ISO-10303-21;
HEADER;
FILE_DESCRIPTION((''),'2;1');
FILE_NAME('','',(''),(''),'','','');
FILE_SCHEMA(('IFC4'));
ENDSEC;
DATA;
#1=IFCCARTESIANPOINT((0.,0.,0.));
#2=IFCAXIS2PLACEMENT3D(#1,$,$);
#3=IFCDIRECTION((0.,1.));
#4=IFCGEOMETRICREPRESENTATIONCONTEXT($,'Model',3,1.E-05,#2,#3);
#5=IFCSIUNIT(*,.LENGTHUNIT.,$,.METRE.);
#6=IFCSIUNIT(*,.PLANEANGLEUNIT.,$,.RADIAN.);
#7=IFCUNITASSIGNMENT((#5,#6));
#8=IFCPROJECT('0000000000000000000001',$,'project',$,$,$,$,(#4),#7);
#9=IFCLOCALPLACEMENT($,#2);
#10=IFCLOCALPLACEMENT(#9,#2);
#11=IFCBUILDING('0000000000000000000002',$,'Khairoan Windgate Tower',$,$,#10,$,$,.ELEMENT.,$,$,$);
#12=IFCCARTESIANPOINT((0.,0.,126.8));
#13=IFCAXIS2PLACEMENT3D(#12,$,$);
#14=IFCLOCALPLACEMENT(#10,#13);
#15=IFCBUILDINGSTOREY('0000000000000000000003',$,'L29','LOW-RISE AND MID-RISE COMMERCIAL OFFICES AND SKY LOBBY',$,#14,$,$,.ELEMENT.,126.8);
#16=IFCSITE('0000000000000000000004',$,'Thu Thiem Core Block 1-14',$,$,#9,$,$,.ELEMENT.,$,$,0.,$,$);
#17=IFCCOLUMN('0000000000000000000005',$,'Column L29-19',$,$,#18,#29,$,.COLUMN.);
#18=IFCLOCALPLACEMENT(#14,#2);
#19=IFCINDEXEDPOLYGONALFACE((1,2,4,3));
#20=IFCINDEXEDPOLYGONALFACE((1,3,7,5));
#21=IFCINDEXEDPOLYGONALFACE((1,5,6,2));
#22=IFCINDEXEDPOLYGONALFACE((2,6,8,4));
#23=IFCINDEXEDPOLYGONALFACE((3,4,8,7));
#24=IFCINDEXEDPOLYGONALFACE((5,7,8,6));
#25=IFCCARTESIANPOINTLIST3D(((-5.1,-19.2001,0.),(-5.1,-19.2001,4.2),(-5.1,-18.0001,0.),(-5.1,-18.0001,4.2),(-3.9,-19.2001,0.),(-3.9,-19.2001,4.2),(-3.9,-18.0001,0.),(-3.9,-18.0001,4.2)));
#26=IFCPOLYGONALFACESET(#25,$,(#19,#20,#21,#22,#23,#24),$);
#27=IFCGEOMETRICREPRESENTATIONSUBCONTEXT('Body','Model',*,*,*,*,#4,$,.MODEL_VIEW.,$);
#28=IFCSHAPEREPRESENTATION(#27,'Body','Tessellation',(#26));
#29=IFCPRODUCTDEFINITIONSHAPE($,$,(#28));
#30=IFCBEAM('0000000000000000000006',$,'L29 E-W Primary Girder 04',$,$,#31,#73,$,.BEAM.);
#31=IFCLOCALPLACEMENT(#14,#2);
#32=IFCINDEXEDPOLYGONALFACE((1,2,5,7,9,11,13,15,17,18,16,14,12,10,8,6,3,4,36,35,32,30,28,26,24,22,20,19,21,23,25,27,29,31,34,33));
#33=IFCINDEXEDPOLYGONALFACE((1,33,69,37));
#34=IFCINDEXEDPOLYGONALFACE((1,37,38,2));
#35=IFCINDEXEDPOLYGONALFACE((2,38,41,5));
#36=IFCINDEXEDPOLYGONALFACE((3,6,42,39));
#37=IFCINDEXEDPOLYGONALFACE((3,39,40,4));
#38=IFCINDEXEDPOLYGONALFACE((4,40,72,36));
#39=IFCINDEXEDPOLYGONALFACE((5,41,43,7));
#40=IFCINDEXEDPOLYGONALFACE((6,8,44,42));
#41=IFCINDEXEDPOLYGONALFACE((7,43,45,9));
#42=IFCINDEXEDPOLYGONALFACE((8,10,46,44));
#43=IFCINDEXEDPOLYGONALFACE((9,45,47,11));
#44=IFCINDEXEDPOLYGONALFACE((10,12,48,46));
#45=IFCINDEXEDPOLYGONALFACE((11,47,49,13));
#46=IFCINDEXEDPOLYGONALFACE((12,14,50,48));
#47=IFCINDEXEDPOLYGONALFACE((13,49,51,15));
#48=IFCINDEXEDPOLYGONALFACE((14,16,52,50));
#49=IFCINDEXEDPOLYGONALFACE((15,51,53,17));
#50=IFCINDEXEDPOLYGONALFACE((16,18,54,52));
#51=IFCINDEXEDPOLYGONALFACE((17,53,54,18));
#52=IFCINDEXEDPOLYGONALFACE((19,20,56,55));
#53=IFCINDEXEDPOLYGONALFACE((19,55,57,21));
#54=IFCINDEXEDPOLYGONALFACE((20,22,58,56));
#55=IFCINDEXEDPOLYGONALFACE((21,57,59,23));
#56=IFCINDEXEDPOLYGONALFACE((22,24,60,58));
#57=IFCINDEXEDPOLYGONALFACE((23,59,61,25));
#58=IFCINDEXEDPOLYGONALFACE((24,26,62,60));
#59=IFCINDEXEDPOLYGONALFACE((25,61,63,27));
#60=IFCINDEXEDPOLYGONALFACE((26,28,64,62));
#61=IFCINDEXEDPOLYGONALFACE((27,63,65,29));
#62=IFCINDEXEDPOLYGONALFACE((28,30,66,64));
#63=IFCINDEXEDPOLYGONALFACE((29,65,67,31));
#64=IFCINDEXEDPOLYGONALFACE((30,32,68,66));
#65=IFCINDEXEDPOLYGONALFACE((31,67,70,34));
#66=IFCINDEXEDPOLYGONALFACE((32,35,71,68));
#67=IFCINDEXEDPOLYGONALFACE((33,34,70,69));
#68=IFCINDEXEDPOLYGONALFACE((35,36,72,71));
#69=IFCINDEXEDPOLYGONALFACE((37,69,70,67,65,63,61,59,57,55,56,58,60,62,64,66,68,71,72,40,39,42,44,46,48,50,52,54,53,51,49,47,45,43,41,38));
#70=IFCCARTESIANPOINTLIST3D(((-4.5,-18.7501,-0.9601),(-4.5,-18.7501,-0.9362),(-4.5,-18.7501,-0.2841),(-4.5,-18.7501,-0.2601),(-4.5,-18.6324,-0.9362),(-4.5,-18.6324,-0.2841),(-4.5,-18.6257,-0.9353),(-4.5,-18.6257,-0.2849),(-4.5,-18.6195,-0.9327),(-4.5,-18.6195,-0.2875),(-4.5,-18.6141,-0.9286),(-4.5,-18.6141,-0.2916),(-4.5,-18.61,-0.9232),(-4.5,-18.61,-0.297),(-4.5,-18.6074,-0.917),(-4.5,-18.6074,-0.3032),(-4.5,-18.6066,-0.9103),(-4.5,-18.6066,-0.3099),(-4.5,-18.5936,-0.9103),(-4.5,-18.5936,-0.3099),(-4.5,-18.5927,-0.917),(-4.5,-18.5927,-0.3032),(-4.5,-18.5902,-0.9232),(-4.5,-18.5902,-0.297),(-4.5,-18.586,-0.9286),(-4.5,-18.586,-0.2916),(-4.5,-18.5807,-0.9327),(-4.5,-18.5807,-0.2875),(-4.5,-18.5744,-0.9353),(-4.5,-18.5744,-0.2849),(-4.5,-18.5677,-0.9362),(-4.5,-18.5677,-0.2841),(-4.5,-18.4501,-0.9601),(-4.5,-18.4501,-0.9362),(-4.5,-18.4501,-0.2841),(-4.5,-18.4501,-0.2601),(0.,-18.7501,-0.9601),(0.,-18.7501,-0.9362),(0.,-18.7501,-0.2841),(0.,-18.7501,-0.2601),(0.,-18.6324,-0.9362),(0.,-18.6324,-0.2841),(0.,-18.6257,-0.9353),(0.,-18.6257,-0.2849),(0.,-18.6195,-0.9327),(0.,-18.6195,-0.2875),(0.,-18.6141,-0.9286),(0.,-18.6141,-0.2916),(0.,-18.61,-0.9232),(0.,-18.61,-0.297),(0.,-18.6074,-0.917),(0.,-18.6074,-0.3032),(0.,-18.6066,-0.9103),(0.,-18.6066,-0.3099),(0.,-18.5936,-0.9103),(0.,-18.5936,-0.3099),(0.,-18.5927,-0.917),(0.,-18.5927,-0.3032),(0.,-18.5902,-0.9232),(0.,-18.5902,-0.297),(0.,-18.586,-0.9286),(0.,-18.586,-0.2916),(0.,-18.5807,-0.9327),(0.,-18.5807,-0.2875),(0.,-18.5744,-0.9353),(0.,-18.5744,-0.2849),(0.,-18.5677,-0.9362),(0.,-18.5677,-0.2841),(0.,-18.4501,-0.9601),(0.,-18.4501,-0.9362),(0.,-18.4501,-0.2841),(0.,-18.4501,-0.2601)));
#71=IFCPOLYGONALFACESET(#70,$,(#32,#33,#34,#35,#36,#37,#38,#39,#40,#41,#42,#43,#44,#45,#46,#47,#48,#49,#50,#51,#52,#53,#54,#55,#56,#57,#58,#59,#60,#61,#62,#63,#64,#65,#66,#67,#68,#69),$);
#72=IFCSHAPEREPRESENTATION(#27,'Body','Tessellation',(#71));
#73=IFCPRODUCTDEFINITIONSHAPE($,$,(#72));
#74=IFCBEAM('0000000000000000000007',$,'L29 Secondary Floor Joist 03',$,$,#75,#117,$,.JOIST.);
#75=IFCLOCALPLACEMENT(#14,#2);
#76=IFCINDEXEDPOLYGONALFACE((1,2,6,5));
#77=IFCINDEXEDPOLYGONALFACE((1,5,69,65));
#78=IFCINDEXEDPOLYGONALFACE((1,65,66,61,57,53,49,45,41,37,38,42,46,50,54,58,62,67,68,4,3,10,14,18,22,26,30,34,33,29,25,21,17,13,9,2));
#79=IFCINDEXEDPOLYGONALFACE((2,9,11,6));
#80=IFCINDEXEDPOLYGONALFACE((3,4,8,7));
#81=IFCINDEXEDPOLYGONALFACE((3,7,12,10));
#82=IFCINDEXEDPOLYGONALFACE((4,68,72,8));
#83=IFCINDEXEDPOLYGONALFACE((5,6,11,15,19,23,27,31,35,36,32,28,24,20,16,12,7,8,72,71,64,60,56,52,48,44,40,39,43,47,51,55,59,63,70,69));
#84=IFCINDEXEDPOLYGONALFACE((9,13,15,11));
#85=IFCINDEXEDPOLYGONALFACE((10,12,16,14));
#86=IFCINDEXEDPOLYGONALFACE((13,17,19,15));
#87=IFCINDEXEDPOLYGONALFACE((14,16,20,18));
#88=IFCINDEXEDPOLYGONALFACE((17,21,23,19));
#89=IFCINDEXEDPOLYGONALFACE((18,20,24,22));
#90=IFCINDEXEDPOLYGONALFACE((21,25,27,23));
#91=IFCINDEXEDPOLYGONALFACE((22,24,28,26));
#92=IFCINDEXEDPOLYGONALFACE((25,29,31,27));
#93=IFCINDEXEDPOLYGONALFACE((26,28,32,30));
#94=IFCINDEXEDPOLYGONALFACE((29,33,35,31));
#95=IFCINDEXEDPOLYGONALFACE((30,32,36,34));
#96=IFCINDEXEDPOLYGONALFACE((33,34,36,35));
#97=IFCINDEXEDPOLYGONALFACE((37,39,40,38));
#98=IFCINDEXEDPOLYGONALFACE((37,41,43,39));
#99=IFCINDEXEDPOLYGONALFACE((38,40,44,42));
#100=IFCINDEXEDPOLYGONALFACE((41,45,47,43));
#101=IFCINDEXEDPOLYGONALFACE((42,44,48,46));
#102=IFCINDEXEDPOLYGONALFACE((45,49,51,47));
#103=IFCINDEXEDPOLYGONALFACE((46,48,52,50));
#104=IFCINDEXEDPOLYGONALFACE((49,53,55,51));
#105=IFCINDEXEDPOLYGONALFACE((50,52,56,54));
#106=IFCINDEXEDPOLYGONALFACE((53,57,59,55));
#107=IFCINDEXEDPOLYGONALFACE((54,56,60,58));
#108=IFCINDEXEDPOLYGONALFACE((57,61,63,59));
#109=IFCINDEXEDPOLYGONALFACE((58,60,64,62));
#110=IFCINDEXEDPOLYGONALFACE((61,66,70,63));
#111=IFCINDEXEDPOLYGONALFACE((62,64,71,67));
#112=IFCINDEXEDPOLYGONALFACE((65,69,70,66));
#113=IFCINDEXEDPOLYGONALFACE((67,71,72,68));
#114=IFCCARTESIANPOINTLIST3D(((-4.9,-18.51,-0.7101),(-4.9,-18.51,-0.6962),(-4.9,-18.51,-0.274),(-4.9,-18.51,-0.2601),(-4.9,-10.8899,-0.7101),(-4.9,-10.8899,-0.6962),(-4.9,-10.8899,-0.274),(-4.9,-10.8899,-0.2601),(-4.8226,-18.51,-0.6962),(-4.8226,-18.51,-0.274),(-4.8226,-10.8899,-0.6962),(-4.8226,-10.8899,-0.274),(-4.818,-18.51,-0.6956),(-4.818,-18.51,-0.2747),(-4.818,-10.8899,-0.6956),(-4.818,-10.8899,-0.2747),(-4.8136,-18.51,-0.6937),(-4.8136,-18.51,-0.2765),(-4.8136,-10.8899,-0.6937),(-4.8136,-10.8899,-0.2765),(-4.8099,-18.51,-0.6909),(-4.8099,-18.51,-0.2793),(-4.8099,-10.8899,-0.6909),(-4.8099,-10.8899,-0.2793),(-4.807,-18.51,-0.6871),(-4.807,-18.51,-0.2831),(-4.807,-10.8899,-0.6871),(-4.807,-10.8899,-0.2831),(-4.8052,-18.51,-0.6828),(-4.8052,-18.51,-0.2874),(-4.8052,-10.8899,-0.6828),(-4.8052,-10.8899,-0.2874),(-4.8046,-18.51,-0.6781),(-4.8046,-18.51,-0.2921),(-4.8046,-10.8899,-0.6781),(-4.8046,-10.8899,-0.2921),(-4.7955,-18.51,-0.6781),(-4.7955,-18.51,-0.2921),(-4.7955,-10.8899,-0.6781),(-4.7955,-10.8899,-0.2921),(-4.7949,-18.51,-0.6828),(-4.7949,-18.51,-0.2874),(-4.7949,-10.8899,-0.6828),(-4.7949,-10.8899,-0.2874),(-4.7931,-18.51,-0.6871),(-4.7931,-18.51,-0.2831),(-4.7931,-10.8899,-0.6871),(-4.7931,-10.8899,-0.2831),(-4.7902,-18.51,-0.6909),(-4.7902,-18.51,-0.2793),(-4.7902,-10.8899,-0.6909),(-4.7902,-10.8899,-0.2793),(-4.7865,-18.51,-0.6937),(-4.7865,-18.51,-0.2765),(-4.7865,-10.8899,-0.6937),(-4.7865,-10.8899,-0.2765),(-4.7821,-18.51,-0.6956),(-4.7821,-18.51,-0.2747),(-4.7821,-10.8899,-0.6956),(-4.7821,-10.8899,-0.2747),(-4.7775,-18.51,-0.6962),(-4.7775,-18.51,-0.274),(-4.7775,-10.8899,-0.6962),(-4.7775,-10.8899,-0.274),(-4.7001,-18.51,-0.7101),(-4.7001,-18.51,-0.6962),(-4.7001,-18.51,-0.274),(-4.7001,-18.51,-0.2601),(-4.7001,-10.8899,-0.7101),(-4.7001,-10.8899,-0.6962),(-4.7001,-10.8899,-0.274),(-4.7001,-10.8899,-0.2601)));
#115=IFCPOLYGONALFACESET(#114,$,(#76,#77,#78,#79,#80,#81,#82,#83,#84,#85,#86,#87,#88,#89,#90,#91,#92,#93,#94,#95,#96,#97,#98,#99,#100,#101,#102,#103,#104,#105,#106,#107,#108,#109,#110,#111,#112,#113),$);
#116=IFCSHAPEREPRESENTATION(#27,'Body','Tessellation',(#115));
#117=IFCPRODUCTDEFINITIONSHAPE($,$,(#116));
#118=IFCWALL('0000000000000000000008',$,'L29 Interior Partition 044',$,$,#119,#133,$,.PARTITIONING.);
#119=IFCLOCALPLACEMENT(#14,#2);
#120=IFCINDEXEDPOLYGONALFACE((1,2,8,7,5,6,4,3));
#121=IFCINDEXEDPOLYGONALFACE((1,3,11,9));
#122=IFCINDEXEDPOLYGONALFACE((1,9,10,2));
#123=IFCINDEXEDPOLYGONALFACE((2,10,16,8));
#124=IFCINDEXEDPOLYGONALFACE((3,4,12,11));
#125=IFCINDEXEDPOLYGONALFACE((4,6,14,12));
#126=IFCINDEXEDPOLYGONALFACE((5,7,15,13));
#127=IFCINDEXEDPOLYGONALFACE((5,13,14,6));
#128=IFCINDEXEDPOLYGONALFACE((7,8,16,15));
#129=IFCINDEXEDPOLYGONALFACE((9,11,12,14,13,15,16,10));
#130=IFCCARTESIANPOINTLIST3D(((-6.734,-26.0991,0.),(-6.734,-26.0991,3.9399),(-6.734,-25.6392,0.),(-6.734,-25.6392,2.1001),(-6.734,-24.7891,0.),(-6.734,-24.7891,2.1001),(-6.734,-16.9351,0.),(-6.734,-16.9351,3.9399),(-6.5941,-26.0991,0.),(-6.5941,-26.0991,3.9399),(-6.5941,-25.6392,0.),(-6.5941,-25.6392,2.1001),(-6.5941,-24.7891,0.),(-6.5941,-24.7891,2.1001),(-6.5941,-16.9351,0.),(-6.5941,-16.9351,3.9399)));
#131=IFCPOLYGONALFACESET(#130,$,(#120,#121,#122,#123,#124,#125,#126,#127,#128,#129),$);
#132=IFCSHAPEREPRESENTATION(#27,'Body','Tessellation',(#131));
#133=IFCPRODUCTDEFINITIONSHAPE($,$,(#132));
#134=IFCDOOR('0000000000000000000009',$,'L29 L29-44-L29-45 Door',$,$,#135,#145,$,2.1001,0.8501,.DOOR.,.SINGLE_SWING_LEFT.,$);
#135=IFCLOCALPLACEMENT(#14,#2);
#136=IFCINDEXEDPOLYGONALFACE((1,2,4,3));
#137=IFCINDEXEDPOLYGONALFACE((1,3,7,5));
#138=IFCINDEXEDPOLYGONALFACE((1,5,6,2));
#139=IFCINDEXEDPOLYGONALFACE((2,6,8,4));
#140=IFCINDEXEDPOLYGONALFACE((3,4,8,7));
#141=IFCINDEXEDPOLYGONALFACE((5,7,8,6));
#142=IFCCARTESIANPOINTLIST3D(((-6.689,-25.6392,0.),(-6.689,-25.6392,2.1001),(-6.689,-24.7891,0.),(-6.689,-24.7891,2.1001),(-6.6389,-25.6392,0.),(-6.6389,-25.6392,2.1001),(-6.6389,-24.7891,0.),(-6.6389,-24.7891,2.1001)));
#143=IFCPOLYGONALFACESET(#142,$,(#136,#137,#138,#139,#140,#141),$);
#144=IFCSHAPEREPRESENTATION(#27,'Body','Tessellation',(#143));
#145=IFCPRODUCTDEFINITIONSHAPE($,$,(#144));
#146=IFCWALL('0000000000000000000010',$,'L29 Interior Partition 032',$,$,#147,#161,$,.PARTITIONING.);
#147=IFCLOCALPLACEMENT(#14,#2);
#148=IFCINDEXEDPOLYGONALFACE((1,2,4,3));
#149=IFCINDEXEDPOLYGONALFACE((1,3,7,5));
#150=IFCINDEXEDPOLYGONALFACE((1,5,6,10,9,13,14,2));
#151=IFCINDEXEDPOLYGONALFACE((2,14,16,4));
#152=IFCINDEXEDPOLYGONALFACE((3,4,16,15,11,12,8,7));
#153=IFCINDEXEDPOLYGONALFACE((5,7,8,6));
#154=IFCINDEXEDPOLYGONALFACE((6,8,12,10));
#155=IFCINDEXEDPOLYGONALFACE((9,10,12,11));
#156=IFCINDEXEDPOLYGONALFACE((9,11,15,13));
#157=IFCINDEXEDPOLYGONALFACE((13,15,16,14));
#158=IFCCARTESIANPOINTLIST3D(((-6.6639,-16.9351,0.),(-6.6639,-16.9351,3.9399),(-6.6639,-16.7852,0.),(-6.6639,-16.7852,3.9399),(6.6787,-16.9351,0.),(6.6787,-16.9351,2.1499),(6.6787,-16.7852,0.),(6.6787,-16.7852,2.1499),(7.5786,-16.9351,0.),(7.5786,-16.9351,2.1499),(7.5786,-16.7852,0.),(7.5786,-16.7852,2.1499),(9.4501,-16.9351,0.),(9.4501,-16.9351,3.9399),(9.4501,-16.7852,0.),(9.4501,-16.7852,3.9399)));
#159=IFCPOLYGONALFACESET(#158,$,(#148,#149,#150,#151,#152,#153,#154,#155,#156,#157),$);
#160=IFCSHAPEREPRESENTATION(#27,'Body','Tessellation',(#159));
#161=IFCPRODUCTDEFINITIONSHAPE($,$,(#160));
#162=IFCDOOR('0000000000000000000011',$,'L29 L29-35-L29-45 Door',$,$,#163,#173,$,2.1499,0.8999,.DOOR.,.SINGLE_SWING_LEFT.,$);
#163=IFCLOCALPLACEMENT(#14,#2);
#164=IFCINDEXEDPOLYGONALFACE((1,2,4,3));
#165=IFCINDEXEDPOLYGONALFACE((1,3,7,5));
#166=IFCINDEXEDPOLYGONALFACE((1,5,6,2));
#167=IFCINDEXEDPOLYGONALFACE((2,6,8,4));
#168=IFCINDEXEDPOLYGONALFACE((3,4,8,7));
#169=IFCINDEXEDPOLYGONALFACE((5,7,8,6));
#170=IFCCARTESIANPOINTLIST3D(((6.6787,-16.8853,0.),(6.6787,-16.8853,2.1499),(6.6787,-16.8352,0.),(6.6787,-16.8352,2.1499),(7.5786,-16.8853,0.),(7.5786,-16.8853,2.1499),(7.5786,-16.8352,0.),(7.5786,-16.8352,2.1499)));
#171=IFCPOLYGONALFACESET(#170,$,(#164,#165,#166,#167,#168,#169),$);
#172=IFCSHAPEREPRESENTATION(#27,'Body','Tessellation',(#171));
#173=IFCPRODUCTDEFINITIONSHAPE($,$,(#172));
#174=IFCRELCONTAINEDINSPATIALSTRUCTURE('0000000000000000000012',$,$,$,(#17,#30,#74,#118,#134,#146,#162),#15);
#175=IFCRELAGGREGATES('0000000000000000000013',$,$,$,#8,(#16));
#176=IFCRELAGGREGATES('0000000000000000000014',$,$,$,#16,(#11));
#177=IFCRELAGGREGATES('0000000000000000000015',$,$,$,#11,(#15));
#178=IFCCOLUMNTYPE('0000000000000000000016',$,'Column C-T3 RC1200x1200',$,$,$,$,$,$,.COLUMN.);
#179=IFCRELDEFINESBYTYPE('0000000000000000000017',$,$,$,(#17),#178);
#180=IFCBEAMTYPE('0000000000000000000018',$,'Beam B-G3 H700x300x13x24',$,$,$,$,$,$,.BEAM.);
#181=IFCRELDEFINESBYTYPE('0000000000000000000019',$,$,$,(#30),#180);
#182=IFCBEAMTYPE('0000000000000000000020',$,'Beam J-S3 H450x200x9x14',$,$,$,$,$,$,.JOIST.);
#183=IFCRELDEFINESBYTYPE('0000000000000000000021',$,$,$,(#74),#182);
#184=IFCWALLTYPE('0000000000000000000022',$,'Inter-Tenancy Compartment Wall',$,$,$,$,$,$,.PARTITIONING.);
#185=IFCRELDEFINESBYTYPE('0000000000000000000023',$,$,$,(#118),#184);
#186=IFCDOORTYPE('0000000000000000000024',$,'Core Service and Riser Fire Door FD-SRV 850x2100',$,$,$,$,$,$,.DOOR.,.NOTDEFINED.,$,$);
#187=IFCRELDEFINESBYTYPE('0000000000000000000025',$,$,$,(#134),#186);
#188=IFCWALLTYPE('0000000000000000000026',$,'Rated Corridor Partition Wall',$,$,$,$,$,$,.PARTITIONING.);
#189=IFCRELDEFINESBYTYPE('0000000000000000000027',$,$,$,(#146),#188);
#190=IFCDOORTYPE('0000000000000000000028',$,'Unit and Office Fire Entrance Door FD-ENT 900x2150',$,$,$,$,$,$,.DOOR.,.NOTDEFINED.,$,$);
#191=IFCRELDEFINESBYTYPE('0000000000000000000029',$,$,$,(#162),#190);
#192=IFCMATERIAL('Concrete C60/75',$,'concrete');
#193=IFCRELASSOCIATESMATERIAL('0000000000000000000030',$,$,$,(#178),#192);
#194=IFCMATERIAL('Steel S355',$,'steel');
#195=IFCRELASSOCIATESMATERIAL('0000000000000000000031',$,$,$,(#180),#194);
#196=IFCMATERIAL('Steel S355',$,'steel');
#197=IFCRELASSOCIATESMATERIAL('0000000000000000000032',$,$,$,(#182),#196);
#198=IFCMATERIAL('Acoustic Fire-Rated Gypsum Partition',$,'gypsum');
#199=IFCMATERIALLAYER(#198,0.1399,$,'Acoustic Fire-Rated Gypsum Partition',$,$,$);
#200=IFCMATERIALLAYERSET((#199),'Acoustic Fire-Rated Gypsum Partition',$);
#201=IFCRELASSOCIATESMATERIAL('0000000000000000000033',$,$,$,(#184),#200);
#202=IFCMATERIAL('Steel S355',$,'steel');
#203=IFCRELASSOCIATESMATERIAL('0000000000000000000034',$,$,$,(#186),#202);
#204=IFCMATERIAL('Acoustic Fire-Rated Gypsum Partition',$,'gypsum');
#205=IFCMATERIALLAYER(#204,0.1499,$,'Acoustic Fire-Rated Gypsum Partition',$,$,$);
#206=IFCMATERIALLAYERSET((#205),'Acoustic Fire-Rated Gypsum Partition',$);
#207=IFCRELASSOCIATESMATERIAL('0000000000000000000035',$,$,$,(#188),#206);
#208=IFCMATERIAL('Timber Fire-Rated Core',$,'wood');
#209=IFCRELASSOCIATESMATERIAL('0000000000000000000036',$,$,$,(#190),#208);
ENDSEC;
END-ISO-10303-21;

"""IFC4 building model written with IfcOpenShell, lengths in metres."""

from ifc_helpers import new_model, si_unit, direction, frame, frame_2d, origin, origin_2d, place, context, subcontext, project, spatial, rectangle, i_section, extrude, material, layer, layer_set, material_profile, profile_set, type_object, element, fill, save


model = new_model("IFC4")

# Units and contexts
model_context = context("Model", 3, precision=1e-05, world=origin(), true_north=direction((0.0, 1.0)))
body_context = subcontext(model_context, "Body", "Model", "MODEL_VIEW")
ifc_project = project(units=[si_unit("LENGTHUNIT", "METRE"), si_unit("PLANEANGLEUNIT", "RADIAN")], contexts=[model_context])

# Site, building, storey
site_placement = place(None, origin())
site = spatial("IfcSite", under=ifc_project, at=site_placement, Name="Thu Thiem Core Block 1-14", CompositionType="ELEMENT", RefElevation=0.0)
building_placement = place(site_placement, origin())
building = spatial("IfcBuilding", under=site, at=building_placement, Name="Khairoan Windgate Tower", CompositionType="ELEMENT")
storey_placement = place(building_placement, frame((0.0, 0.0, 126.8)))
storey = spatial("IfcBuildingStorey", under=building, at=storey_placement, Name="L29", Description="LOW-RISE AND MID-RISE COMMERCIAL OFFICES AND SKY LOBBY", CompositionType="ELEMENT", Elevation=126.8)

# Column
ifc_material_1 = material(Name="Concrete C60/75", Category="concrete")
ifc_material_profile_1 = material_profile(ifc_material_1, rectangle(XDim=1.2, YDim=1.2, at=origin_2d()))
ifc_profile_set_1 = profile_set([ifc_material_profile_1], Name="Concrete C60/75")
column_type = type_object("IfcColumnType", Name="Column C-T3 RC1200x1200", PredefinedType="COLUMN", material=ifc_profile_set_1)
column_placement = place(storey_placement, frame((-4.5, -18.6001, 0.0), z_axis=(0.0, 0.0, 1.0), x_axis=(1.0, 0.0, 0.0)))
element("IfcColumn", 1, at=column_placement, inside=storey, type_object=column_type, Name="Column L29-19", PredefinedType="COLUMN", context=body_context, shape_type="SweptSolid", body=[
    extrude(rectangle(XDim=1.2, YDim=1.2, at=origin_2d()), origin(), (0.0, 0.0, 1.0), 4.2),
])

# Beams
ifc_material_2 = material(Name="Steel S355", Category="steel")
ifc_material_profile_2 = material_profile(ifc_material_2, i_section(OverallWidth=0.3, OverallDepth=0.7, WebThickness=0.0129, FlangeThickness=0.0239, FilletRadius=0.0259, at=origin_2d()))
ifc_profile_set_2 = profile_set([ifc_material_profile_2], Name="Steel S355")
beam_type_1 = type_object("IfcBeamType", Name="Beam B-G3 H700x300x13x24", PredefinedType="BEAM", material=ifc_profile_set_2)
beam_1_placement = place(storey_placement, frame((-4.5, -18.6001, -0.6101), z_axis=(1.0, 0.0, 0.0), x_axis=(0.0, 1.0, 0.0)))
element("IfcBeam", 2, at=beam_1_placement, inside=storey, type_object=beam_type_1, Name="L29 E-W Primary Girder 04", PredefinedType="BEAM", context=body_context, shape_type="SweptSolid", body=[
    extrude(i_section(OverallWidth=0.3, OverallDepth=0.7, WebThickness=0.0129, FlangeThickness=0.0239, FilletRadius=0.0259, at=origin_2d()), origin(), (0.0, 0.0, 1.0), 4.5),
])
ifc_material_3 = material(Name="Steel S355", Category="steel")
ifc_material_profile_3 = material_profile(ifc_material_3, i_section(OverallWidth=0.2, OverallDepth=0.45, WebThickness=0.009, FlangeThickness=0.0139, FilletRadius=0.0181, at=origin_2d()))
ifc_profile_set_3 = profile_set([ifc_material_profile_3], Name="Steel S355")
beam_type_2 = type_object("IfcBeamType", Name="Beam J-S3 H450x200x9x14", PredefinedType="JOIST", material=ifc_profile_set_3)
beam_2_placement = place(storey_placement, frame((-4.8, -18.51, -0.4851), z_axis=(0.0, 1.0, 0.0), x_axis=(-1.0, 0.0, 0.0)))
element("IfcBeam", 3, at=beam_2_placement, inside=storey, type_object=beam_type_2, Name="L29 Secondary Floor Joist 03", PredefinedType="JOIST", context=body_context, shape_type="SweptSolid", body=[
    extrude(i_section(OverallWidth=0.2, OverallDepth=0.45, WebThickness=0.009, FlangeThickness=0.0139, FilletRadius=0.0181, at=origin_2d()), origin(), (0.0, 0.0, 1.0), 7.6201),
])

# Walls, openings, doors
ifc_material_4 = material(Name="Acoustic Fire-Rated Gypsum Partition", Category="gypsum")
ifc_layer_1 = layer(ifc_material_4, 0.1399, Name="Acoustic Fire-Rated Gypsum Partition")
ifc_layer_set_1 = layer_set([ifc_layer_1], Name="Acoustic Fire-Rated Gypsum Partition")
wall_type_1 = type_object("IfcWallType", Name="Inter-Tenancy Compartment Wall", PredefinedType="PARTITIONING", material=ifc_layer_set_1)
wall_1_placement = place(storey_placement, frame((-6.6641, -26.0991, 0.0), z_axis=(0.0, 0.0, 1.0), x_axis=(0.0, 1.0, 0.0)))
wall_1 = element("IfcWall", 4, at=wall_1_placement, inside=storey, type_object=wall_type_1, Name="L29 Interior Partition 044", PredefinedType="PARTITIONING", context=body_context, shape_type="SweptSolid", body=[
    extrude(rectangle(XDim=9.1641, YDim=0.1399, at=frame_2d((4.582, 0.0))), origin(), (0.0, 0.0, 1.0), 3.9399),
])
opening_1_placement = place(wall_1_placement, frame((0.46, 0.0, 0.0)))
opening_1 = element("IfcOpeningElement", 5, at=opening_1_placement, cuts=wall_1, PredefinedType="OPENING", context=body_context, shape_type="SweptSolid", body=[
    extrude(rectangle(XDim=0.8501, YDim=2.1001, at=frame_2d((0.425, 1.05))), frame((0.0, 0.0798, 0.0), z_axis=(0.0, -1.0, 0.0), x_axis=(1.0, 0.0, 0.0)), (0.0, 0.0, 1.0), 0.1599),
])
ifc_material_5 = material(Name="Steel S355", Category="steel")
door_type_1 = type_object("IfcDoorType", Name="Core Service and Riser Fire Door FD-SRV 850x2100", OperationType="NOTDEFINED", PredefinedType="DOOR", material=ifc_material_5)
door_1_placement = place(opening_1_placement, origin())
door_1 = element("IfcDoor", 6, at=door_1_placement, inside=storey, type_object=door_type_1, Name="L29 L29-44-L29-45 Door", OperationType="SINGLE_SWING_LEFT", OverallHeight=2.1001, OverallWidth=0.8501, PredefinedType="DOOR", context=body_context, shape_type="SweptSolid", body=[
    extrude(rectangle(XDim=0.8501, YDim=2.1001, at=frame_2d((0.425, 1.05))), frame((0.0, 0.0249, 0.0), z_axis=(0.0, -1.0, 0.0), x_axis=(1.0, 0.0, 0.0)), (0.0, 0.0, 1.0), 0.05),
])
fill(opening_1, door_1)
ifc_material_6 = material(Name="Acoustic Fire-Rated Gypsum Partition", Category="gypsum")
ifc_layer_2 = layer(ifc_material_6, 0.1499, Name="Acoustic Fire-Rated Gypsum Partition")
ifc_layer_set_2 = layer_set([ifc_layer_2], Name="Acoustic Fire-Rated Gypsum Partition")
wall_type_2 = type_object("IfcWallType", Name="Rated Corridor Partition Wall", PredefinedType="PARTITIONING", material=ifc_layer_set_2)
wall_2_placement = place(storey_placement, frame((-6.6641, -16.8601, 0.0), z_axis=(0.0, 0.0, 1.0), x_axis=(1.0, 0.0, 0.0)))
wall_2 = element("IfcWall", 7, at=wall_2_placement, inside=storey, type_object=wall_type_2, Name="L29 Interior Partition 032", PredefinedType="PARTITIONING", context=body_context, shape_type="SweptSolid", body=[
    extrude(rectangle(XDim=16.114, YDim=0.1499, at=frame_2d((8.0571, 0.0))), origin(), (0.0, 0.0, 1.0), 3.9399),
])
opening_2_placement = place(wall_2_placement, frame((13.3428, 0.0, 0.0)))
opening_2 = element("IfcOpeningElement", 8, at=opening_2_placement, cuts=wall_2, PredefinedType="OPENING", context=body_context, shape_type="SweptSolid", body=[
    extrude(rectangle(XDim=0.8999, YDim=2.1499, at=frame_2d((0.45, 1.075))), frame((0.0, 0.085, 0.0), z_axis=(0.0, -1.0, 0.0), x_axis=(1.0, 0.0, 0.0)), (0.0, 0.0, 1.0), 0.1699),
])
ifc_material_7 = material(Name="Timber Fire-Rated Core", Category="wood")
door_type_2 = type_object("IfcDoorType", Name="Unit and Office Fire Entrance Door FD-ENT 900x2150", OperationType="NOTDEFINED", PredefinedType="DOOR", material=ifc_material_7)
door_2_placement = place(opening_2_placement, origin())
door_2 = element("IfcDoor", 9, at=door_2_placement, inside=storey, type_object=door_type_2, Name="L29 L29-35-L29-45 Door", OperationType="SINGLE_SWING_LEFT", OverallHeight=2.1499, OverallWidth=0.8999, PredefinedType="DOOR", context=body_context, shape_type="SweptSolid", body=[
    extrude(rectangle(XDim=0.8999, YDim=2.1499, at=frame_2d((0.45, 1.075))), frame((0.0, 0.0249, 0.0), z_axis=(0.0, -1.0, 0.0), x_axis=(1.0, 0.0, 0.0)), (0.0, 0.0, 1.0), 0.05),
])
fill(opening_2, door_2)

save(model, "model.ifc")
